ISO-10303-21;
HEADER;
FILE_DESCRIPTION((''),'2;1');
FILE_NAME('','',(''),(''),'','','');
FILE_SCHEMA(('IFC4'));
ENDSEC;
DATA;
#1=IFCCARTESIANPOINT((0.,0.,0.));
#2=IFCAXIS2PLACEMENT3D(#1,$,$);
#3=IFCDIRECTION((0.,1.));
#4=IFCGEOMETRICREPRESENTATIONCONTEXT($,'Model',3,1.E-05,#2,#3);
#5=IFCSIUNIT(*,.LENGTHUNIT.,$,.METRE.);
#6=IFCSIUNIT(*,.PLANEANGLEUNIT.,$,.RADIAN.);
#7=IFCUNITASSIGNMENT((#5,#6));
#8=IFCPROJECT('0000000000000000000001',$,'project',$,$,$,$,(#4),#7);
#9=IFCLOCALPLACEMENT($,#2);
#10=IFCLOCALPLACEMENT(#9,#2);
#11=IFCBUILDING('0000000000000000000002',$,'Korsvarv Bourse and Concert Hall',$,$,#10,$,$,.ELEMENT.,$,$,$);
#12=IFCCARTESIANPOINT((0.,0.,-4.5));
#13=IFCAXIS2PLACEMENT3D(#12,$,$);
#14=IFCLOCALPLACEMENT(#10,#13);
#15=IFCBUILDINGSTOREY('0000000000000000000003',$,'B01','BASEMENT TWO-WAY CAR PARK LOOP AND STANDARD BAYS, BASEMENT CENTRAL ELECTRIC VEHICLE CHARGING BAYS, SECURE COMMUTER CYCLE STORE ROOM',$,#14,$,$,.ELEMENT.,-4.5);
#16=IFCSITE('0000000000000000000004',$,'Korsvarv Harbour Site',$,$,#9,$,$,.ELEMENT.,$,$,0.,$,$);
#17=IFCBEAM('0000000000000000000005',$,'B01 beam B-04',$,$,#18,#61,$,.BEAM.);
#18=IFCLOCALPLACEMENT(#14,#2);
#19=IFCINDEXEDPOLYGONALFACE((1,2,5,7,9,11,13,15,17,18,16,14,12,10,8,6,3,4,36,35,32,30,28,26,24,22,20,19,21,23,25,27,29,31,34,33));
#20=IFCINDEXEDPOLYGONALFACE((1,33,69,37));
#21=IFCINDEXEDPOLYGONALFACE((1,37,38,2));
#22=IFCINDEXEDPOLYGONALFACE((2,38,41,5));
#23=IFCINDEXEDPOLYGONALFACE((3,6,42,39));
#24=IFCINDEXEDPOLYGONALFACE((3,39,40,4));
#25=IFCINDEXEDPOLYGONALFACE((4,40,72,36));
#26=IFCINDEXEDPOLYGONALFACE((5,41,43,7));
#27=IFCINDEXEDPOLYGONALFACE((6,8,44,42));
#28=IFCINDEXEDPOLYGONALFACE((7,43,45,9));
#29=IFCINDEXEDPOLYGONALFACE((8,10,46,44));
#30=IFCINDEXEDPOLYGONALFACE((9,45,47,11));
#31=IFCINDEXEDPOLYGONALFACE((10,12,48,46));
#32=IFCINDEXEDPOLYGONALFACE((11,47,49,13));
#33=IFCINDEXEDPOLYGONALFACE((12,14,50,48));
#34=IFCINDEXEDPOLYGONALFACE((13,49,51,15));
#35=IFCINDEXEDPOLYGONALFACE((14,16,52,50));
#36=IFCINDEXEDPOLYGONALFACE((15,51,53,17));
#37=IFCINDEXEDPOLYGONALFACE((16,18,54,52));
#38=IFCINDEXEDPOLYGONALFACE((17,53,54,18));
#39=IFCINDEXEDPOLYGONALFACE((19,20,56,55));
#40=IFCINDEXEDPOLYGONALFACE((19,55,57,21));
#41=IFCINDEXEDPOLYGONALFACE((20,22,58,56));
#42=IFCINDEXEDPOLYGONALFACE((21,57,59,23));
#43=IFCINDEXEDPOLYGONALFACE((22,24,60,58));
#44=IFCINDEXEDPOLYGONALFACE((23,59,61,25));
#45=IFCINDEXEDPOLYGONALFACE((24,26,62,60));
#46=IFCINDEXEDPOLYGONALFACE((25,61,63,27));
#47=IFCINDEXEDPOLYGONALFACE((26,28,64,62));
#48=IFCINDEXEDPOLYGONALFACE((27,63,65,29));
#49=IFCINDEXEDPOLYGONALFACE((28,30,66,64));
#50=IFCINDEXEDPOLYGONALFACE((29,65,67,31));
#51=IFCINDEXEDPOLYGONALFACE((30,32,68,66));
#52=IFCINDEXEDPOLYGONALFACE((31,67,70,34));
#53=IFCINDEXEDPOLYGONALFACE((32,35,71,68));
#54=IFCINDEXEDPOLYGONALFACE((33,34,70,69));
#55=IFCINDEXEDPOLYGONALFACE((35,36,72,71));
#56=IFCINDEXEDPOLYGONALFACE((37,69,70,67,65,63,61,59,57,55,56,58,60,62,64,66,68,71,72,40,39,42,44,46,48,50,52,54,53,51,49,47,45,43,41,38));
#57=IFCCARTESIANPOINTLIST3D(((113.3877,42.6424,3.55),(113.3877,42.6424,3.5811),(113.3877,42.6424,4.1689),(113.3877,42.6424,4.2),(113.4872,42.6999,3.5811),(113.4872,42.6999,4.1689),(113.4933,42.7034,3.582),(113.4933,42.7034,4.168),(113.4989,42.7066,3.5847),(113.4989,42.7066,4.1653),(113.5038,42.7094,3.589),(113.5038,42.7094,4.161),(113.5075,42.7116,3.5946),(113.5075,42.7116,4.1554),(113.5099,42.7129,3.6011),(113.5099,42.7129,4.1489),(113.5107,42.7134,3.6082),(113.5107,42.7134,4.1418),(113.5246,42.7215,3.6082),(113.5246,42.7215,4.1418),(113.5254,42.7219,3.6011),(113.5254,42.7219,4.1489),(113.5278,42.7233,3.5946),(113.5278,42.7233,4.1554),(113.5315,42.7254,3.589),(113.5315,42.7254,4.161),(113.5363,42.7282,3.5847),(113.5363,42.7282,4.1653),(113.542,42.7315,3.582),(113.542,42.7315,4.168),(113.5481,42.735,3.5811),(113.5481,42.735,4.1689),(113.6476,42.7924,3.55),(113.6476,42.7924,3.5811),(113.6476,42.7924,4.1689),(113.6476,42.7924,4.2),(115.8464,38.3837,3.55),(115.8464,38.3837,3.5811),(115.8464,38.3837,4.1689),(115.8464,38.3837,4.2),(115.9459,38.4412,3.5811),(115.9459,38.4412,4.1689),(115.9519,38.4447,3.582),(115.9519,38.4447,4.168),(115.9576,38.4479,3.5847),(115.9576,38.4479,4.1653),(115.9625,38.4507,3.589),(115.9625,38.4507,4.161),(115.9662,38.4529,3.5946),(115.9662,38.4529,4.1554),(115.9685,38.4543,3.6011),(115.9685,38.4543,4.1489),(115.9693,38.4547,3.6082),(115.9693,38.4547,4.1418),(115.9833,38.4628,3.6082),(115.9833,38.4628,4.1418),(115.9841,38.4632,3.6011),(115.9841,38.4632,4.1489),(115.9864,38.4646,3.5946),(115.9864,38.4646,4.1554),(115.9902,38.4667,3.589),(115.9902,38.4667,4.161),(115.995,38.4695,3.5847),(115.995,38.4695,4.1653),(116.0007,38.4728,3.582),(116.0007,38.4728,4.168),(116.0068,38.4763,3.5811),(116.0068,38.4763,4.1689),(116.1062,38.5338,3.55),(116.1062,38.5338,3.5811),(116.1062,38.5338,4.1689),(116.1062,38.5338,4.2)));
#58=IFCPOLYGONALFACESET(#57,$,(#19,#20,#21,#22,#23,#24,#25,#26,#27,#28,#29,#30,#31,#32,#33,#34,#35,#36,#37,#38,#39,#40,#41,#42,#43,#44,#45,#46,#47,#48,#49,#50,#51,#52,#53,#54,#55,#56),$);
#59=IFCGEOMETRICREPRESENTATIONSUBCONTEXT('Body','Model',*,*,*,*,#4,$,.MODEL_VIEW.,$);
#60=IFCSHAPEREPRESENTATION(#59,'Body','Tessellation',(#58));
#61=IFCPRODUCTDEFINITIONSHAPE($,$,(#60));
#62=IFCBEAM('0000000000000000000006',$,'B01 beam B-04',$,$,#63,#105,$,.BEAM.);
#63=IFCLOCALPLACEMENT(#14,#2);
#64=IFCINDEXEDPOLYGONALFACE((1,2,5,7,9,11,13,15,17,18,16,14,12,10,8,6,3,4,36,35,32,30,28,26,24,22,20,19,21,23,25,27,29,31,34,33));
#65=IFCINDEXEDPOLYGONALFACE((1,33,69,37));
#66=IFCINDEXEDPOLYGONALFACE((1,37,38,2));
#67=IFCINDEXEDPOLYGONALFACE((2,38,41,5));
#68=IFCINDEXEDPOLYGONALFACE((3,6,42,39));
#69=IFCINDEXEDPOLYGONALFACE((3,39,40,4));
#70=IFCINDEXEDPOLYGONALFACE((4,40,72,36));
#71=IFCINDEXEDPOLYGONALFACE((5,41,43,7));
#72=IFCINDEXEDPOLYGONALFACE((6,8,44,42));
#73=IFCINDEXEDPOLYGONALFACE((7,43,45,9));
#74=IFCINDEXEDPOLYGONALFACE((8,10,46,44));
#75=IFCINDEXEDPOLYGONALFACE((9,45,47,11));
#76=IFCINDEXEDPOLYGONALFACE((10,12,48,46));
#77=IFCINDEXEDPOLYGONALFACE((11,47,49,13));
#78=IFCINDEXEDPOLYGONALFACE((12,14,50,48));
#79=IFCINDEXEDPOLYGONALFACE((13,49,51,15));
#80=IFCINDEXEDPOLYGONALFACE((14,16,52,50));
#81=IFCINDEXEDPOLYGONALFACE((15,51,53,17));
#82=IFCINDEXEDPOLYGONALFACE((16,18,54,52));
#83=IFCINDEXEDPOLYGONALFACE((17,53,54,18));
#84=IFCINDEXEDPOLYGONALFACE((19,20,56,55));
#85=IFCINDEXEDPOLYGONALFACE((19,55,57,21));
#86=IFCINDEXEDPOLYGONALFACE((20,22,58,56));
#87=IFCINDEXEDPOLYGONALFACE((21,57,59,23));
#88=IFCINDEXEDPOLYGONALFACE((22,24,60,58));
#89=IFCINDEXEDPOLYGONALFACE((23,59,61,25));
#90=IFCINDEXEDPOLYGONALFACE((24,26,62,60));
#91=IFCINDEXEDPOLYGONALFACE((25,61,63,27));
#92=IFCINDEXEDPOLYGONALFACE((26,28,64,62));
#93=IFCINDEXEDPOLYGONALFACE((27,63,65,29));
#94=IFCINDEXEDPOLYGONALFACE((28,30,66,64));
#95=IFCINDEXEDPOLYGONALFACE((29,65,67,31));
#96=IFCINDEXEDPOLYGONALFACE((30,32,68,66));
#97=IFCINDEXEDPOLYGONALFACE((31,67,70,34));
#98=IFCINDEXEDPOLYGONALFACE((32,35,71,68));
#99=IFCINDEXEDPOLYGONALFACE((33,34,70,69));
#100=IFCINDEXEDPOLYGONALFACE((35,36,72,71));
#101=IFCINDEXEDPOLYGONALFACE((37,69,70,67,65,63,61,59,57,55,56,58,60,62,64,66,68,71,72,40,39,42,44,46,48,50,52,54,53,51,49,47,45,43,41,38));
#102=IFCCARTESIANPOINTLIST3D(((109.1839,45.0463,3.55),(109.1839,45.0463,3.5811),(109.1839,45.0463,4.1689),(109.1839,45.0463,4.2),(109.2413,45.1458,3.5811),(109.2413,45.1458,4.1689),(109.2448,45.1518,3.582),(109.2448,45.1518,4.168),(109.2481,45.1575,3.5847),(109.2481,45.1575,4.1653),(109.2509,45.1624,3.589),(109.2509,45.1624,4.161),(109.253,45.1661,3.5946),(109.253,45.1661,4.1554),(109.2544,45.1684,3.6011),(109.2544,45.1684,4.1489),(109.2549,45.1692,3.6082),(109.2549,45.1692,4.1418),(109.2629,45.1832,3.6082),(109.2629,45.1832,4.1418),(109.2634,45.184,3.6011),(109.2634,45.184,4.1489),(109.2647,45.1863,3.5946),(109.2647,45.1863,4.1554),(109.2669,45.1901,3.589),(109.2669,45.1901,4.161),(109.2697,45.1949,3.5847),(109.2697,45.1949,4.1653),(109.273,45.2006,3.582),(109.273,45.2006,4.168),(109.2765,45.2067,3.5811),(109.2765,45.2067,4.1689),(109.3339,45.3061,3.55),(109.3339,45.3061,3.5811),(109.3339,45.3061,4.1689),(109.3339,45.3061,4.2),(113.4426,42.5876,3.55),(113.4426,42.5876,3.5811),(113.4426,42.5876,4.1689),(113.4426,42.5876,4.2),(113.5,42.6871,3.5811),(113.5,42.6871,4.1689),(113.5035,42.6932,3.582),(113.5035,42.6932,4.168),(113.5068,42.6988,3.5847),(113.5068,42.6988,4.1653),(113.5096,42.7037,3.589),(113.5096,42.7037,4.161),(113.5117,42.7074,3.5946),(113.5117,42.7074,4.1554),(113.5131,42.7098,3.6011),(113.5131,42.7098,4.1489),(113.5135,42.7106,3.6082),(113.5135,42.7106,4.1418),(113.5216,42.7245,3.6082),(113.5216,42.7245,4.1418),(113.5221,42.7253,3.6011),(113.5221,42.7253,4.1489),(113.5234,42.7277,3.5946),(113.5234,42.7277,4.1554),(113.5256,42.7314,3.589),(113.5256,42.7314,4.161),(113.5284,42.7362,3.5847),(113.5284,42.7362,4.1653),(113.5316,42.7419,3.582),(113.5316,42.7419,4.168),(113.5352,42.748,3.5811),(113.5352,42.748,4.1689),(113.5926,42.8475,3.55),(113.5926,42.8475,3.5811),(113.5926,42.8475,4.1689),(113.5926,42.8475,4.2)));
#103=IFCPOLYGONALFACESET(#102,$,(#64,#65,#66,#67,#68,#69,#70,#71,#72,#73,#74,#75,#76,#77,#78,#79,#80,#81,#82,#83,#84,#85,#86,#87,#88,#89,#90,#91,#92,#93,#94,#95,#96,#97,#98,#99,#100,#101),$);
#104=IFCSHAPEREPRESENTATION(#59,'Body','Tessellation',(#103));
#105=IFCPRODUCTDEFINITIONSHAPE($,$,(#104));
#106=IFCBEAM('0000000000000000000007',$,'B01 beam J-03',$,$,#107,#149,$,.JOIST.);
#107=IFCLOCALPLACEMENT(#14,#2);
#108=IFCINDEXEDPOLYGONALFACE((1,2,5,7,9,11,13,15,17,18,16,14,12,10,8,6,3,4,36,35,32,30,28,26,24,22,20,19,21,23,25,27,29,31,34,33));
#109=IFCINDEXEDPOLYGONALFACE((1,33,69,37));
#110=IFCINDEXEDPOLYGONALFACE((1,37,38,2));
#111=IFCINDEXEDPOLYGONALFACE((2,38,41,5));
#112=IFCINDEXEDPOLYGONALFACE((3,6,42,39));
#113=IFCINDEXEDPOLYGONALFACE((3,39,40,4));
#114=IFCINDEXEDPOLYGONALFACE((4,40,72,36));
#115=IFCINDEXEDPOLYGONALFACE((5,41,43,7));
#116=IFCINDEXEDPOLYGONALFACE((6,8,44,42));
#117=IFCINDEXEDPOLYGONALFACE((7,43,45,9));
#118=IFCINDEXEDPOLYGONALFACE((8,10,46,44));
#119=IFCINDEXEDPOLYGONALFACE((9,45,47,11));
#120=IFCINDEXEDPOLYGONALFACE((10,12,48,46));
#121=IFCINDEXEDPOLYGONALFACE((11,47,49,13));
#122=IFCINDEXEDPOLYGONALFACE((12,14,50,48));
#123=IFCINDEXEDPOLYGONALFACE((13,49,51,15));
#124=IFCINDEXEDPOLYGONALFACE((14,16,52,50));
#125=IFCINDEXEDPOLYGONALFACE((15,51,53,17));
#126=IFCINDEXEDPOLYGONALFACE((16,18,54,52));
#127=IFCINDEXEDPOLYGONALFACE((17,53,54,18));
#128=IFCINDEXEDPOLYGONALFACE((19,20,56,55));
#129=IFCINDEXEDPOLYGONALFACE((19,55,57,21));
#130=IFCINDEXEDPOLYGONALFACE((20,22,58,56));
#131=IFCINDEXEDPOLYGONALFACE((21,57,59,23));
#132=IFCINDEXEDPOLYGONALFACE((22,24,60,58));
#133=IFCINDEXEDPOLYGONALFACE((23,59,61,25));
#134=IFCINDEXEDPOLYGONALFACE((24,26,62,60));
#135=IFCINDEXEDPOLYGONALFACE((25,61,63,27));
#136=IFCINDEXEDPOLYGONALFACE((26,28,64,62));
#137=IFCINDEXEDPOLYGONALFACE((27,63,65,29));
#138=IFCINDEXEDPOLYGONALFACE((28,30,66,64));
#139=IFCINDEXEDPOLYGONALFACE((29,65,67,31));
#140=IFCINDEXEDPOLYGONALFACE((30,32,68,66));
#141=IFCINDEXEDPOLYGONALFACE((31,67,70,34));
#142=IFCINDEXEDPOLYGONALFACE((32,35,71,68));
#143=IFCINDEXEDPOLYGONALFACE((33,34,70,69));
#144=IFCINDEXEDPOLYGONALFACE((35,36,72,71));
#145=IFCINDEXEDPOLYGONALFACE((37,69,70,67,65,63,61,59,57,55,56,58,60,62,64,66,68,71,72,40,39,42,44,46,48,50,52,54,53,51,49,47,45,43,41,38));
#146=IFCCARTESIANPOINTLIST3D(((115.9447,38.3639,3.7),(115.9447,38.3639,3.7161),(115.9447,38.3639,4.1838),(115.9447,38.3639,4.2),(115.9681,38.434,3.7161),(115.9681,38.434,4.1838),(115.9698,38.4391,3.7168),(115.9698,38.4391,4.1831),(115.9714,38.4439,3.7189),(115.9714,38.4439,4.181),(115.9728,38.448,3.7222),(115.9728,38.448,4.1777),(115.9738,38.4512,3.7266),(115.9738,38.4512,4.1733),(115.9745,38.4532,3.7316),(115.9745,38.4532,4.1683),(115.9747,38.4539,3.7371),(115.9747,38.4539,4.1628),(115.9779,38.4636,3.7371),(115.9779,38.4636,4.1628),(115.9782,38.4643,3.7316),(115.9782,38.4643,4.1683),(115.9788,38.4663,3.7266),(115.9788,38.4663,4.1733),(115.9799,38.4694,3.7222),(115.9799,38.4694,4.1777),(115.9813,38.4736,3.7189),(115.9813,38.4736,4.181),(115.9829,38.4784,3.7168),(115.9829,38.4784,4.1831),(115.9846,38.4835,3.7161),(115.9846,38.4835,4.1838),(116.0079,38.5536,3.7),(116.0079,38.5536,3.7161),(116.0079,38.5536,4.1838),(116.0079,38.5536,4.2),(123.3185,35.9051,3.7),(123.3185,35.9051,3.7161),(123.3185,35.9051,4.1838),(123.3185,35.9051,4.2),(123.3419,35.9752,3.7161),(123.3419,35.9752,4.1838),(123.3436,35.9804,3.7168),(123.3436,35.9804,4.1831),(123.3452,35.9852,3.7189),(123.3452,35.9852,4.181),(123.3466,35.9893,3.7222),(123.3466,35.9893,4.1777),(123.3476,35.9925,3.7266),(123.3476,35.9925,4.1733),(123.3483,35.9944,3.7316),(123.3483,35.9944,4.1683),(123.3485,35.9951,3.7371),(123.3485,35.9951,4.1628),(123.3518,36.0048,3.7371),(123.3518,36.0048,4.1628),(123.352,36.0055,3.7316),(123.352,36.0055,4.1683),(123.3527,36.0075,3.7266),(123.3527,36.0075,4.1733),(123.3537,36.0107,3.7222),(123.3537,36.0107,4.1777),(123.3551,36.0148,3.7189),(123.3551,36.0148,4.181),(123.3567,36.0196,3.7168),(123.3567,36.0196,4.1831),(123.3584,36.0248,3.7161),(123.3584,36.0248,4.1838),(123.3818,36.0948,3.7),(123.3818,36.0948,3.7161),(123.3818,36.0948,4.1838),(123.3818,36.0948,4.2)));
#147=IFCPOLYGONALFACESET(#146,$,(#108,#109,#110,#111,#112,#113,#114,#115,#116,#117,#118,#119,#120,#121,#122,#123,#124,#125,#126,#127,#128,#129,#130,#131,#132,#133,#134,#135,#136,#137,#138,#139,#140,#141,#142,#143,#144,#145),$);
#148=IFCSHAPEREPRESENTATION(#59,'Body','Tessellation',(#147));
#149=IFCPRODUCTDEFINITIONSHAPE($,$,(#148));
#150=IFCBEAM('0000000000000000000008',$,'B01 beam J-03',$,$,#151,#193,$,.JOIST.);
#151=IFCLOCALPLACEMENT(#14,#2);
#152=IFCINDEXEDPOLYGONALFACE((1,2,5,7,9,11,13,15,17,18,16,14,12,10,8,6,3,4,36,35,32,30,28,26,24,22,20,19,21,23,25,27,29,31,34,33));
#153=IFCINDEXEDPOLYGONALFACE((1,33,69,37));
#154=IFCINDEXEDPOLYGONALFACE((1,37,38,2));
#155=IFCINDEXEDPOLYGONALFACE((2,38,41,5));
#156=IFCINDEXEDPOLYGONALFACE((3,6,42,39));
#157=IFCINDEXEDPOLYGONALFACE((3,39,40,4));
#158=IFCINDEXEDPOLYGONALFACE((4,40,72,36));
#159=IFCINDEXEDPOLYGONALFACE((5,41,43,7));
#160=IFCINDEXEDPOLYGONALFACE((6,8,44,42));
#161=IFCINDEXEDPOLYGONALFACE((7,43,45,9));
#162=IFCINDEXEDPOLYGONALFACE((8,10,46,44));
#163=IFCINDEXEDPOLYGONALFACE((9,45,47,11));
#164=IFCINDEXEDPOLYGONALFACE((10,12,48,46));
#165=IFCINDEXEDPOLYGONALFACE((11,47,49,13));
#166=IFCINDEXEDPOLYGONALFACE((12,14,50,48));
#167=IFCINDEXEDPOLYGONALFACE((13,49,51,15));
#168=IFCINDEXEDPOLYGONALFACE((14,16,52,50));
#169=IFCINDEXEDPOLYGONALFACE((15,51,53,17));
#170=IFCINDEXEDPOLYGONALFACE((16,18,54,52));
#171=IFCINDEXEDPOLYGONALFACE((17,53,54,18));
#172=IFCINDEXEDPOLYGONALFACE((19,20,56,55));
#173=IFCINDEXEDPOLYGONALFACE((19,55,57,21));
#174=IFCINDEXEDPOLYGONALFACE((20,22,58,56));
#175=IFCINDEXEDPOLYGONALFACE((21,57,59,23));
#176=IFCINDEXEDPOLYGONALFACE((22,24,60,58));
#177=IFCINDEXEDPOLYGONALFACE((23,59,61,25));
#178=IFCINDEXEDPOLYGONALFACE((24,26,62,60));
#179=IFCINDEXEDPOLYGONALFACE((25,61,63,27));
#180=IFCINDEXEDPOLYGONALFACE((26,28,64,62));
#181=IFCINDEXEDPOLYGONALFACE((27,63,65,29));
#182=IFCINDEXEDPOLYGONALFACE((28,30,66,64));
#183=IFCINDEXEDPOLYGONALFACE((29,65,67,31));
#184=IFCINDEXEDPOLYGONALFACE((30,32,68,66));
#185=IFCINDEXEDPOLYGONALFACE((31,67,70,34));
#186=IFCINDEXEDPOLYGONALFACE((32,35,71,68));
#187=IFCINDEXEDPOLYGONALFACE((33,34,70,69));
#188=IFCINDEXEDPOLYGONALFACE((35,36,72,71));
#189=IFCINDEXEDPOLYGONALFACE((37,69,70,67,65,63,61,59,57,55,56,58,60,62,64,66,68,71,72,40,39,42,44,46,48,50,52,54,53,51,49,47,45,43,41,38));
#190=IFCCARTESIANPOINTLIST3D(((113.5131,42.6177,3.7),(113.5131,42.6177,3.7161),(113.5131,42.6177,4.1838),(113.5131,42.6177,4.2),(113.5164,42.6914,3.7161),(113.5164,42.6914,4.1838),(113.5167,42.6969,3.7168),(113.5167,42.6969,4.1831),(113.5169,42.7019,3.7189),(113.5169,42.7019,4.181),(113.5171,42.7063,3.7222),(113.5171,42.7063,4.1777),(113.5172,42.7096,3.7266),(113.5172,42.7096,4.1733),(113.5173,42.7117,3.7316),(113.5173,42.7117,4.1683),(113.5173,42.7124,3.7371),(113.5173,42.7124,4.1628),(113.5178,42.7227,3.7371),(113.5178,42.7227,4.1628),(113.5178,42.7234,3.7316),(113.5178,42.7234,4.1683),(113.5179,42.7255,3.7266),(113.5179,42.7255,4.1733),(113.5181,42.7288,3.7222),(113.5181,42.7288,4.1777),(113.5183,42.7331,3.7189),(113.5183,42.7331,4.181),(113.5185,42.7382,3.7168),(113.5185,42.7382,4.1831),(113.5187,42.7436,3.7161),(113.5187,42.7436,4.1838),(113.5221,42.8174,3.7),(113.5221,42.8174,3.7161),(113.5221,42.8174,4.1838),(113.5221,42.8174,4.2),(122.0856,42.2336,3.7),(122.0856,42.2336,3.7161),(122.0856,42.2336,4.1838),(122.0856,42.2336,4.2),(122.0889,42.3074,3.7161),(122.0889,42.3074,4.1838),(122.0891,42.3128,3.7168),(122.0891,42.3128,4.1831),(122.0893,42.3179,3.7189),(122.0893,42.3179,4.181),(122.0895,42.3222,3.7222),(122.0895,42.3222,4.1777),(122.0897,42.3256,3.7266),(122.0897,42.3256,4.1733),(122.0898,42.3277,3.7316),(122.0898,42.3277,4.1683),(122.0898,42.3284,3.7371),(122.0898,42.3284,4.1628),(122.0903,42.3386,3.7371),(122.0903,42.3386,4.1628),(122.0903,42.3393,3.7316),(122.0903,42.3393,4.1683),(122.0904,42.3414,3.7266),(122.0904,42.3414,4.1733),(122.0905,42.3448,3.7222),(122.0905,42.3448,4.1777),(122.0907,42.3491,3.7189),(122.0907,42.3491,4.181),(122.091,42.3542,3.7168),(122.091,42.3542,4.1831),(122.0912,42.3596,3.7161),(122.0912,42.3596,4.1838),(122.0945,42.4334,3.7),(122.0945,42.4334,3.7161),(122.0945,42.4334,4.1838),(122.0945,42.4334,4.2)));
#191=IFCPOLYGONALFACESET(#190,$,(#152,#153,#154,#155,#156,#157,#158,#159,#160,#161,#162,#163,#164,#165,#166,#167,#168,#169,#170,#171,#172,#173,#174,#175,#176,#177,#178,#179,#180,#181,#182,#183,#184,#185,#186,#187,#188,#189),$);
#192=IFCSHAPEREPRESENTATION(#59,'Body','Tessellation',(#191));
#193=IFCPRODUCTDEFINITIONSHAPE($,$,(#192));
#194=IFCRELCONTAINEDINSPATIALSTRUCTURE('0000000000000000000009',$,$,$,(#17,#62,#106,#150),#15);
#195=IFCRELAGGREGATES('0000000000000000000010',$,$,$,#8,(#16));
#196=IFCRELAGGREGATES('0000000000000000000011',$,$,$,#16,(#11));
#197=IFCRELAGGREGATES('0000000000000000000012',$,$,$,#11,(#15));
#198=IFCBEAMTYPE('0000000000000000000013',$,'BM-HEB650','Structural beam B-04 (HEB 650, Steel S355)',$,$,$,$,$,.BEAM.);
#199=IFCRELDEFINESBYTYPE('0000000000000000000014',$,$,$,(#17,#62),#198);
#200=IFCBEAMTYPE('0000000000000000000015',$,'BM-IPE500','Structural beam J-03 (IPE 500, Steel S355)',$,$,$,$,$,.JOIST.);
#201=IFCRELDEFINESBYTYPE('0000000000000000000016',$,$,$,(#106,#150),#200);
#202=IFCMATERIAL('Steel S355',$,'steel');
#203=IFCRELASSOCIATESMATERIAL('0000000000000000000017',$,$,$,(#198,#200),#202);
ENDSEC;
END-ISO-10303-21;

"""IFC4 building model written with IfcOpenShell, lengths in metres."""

from ifc_helpers import new_model, si_unit, direction, frame, origin, origin_2d, place, context, subcontext, project, spatial, i_section, extrude, source, transform, mapped, material, material_profile, profile_set, type_object, element, save


model = new_model("IFC4")

# Units and contexts
model_context = context("Model", 3, precision=1e-05, world=origin(), true_north=direction((0.0, 1.0)))
body_context = subcontext(model_context, "Body", "Model", "MODEL_VIEW")
ifc_project = project(units=[si_unit("LENGTHUNIT", "METRE"), si_unit("PLANEANGLEUNIT", "RADIAN")], contexts=[model_context])

# Site, building, storey
site_placement = place(None, origin())
site = spatial("IfcSite", under=ifc_project, at=site_placement, Name="Korsvarv Harbour Site", CompositionType="ELEMENT", RefElevation=0.0)
building_placement = place(site_placement, origin())
building = spatial("IfcBuilding", under=site, at=building_placement, Name="Korsvarv Bourse and Concert Hall", CompositionType="ELEMENT")
storey_placement = place(building_placement, frame((0.0, 0.0, -4.5)))
storey = spatial("IfcBuildingStorey", under=building, at=storey_placement, Name="B01", Description="BASEMENT TWO-WAY CAR PARK LOOP AND STANDARD BAYS, BASEMENT CENTRAL ELECTRIC VEHICLE CHARGING BAYS, SECURE COMMUTER CYCLE STORE ROOM", CompositionType="ELEMENT", Elevation=-4.5)

# Beams
ifc_material_1 = material(Name="Steel S355", Category="steel")
ifc_material_profile_1 = material_profile(ifc_material_1, i_section(OverallWidth=0.3, OverallDepth=0.6499, WebThickness=0.0161, FlangeThickness=0.031, FilletRadius=0.0271, at=origin_2d()), Name="HEB 650")
ifc_profile_set_1 = profile_set([ifc_material_profile_1], Name="Steel S355")
beam_type_1 = type_object("IfcBeamType", Name="BM-HEB650", Description="Structural beam B-04 (HEB 650, Steel S355)", PredefinedType="BEAM", material=ifc_profile_set_1)
shared_shape_1 = source(origin(), body_context, "Body", "SweptSolid", [
    extrude(i_section(OverallWidth=0.3, OverallDepth=0.6499, WebThickness=0.0161, FlangeThickness=0.031, FilletRadius=0.0271, at=origin_2d()), origin(), (0.0, 0.0, 1.0), 4.9175),
])
for number, where, z_axis, x_axis, name in (
    (1, (115.9763, 38.4587, 3.875), (-0.499989, 0.866032, 0.0), (-0.866032, -0.499989, 0.0), "B01 beam B-04"),
    (2, (113.5176, 42.7175, 3.875), (-0.866032, 0.499989, 0.0), (-0.499989, -0.866032, 0.0), "B01 beam B-04"),
):
    element("IfcBeam", number, at=place(storey_placement, frame(where, z_axis=z_axis, x_axis=x_axis)), inside=storey, type_object=beam_type_1, Name=name, PredefinedType="BEAM", context=body_context, shape_type="MappedRepresentation", body=[
        mapped(shared_shape_1, transform((0.0, 0.0, 0.0), scale=1.0)),
    ])
ifc_material_profile_2 = material_profile(ifc_material_1, i_section(OverallWidth=0.2, OverallDepth=0.5, WebThickness=0.0103, FlangeThickness=0.0161, FilletRadius=0.021, at=origin_2d()), Name="IPE 500")
ifc_profile_set_2 = profile_set([ifc_material_profile_2], Name="Steel S355")
beam_type_2 = type_object("IfcBeamType", Name="BM-IPE500", Description="Structural beam J-03 (IPE 500, Steel S355)", PredefinedType="JOIST", material=ifc_profile_set_2)
shared_shape_2 = source(origin(), body_context, "Body", "SweptSolid", [
    extrude(i_section(OverallWidth=0.2, OverallDepth=0.5, WebThickness=0.0103, FlangeThickness=0.0161, FilletRadius=0.021, at=origin_2d()), origin(), (0.0, 0.0, 1.0), 7.7729),
])
beam_1_placement = place(storey_placement, frame((115.9763, 38.4587, 3.95), z_axis=(0.948652, -0.316322, 0.0), x_axis=(0.316322, 0.948652, 0.0)))
element("IfcBeam", 3, at=beam_1_placement, inside=storey, type_object=beam_type_2, Name="B01 beam J-03", PredefinedType="JOIST", context=body_context, shape_type="MappedRepresentation", body=[
    mapped(shared_shape_2, transform((0.0, 0.0, 0.0), scale=1.0)),
])
shared_shape_3 = source(origin(), body_context, "Body", "SweptSolid", [
    extrude(i_section(OverallWidth=0.2, OverallDepth=0.5, WebThickness=0.0103, FlangeThickness=0.0161, FilletRadius=0.021, at=origin_2d()), origin(), (0.0, 0.0, 1.0), 8.5811),
])
beam_2_placement = place(storey_placement, frame((113.5176, 42.7175, 3.95), z_axis=(0.998998, -0.044753, 0.0), x_axis=(0.044753, 0.998998, 0.0)))
element("IfcBeam", 4, at=beam_2_placement, inside=storey, type_object=beam_type_2, Name="B01 beam J-03", PredefinedType="JOIST", context=body_context, shape_type="MappedRepresentation", body=[
    mapped(shared_shape_3, transform((0.0, 0.0, 0.0), scale=1.0)),
])

save(model, "model.ifc")
